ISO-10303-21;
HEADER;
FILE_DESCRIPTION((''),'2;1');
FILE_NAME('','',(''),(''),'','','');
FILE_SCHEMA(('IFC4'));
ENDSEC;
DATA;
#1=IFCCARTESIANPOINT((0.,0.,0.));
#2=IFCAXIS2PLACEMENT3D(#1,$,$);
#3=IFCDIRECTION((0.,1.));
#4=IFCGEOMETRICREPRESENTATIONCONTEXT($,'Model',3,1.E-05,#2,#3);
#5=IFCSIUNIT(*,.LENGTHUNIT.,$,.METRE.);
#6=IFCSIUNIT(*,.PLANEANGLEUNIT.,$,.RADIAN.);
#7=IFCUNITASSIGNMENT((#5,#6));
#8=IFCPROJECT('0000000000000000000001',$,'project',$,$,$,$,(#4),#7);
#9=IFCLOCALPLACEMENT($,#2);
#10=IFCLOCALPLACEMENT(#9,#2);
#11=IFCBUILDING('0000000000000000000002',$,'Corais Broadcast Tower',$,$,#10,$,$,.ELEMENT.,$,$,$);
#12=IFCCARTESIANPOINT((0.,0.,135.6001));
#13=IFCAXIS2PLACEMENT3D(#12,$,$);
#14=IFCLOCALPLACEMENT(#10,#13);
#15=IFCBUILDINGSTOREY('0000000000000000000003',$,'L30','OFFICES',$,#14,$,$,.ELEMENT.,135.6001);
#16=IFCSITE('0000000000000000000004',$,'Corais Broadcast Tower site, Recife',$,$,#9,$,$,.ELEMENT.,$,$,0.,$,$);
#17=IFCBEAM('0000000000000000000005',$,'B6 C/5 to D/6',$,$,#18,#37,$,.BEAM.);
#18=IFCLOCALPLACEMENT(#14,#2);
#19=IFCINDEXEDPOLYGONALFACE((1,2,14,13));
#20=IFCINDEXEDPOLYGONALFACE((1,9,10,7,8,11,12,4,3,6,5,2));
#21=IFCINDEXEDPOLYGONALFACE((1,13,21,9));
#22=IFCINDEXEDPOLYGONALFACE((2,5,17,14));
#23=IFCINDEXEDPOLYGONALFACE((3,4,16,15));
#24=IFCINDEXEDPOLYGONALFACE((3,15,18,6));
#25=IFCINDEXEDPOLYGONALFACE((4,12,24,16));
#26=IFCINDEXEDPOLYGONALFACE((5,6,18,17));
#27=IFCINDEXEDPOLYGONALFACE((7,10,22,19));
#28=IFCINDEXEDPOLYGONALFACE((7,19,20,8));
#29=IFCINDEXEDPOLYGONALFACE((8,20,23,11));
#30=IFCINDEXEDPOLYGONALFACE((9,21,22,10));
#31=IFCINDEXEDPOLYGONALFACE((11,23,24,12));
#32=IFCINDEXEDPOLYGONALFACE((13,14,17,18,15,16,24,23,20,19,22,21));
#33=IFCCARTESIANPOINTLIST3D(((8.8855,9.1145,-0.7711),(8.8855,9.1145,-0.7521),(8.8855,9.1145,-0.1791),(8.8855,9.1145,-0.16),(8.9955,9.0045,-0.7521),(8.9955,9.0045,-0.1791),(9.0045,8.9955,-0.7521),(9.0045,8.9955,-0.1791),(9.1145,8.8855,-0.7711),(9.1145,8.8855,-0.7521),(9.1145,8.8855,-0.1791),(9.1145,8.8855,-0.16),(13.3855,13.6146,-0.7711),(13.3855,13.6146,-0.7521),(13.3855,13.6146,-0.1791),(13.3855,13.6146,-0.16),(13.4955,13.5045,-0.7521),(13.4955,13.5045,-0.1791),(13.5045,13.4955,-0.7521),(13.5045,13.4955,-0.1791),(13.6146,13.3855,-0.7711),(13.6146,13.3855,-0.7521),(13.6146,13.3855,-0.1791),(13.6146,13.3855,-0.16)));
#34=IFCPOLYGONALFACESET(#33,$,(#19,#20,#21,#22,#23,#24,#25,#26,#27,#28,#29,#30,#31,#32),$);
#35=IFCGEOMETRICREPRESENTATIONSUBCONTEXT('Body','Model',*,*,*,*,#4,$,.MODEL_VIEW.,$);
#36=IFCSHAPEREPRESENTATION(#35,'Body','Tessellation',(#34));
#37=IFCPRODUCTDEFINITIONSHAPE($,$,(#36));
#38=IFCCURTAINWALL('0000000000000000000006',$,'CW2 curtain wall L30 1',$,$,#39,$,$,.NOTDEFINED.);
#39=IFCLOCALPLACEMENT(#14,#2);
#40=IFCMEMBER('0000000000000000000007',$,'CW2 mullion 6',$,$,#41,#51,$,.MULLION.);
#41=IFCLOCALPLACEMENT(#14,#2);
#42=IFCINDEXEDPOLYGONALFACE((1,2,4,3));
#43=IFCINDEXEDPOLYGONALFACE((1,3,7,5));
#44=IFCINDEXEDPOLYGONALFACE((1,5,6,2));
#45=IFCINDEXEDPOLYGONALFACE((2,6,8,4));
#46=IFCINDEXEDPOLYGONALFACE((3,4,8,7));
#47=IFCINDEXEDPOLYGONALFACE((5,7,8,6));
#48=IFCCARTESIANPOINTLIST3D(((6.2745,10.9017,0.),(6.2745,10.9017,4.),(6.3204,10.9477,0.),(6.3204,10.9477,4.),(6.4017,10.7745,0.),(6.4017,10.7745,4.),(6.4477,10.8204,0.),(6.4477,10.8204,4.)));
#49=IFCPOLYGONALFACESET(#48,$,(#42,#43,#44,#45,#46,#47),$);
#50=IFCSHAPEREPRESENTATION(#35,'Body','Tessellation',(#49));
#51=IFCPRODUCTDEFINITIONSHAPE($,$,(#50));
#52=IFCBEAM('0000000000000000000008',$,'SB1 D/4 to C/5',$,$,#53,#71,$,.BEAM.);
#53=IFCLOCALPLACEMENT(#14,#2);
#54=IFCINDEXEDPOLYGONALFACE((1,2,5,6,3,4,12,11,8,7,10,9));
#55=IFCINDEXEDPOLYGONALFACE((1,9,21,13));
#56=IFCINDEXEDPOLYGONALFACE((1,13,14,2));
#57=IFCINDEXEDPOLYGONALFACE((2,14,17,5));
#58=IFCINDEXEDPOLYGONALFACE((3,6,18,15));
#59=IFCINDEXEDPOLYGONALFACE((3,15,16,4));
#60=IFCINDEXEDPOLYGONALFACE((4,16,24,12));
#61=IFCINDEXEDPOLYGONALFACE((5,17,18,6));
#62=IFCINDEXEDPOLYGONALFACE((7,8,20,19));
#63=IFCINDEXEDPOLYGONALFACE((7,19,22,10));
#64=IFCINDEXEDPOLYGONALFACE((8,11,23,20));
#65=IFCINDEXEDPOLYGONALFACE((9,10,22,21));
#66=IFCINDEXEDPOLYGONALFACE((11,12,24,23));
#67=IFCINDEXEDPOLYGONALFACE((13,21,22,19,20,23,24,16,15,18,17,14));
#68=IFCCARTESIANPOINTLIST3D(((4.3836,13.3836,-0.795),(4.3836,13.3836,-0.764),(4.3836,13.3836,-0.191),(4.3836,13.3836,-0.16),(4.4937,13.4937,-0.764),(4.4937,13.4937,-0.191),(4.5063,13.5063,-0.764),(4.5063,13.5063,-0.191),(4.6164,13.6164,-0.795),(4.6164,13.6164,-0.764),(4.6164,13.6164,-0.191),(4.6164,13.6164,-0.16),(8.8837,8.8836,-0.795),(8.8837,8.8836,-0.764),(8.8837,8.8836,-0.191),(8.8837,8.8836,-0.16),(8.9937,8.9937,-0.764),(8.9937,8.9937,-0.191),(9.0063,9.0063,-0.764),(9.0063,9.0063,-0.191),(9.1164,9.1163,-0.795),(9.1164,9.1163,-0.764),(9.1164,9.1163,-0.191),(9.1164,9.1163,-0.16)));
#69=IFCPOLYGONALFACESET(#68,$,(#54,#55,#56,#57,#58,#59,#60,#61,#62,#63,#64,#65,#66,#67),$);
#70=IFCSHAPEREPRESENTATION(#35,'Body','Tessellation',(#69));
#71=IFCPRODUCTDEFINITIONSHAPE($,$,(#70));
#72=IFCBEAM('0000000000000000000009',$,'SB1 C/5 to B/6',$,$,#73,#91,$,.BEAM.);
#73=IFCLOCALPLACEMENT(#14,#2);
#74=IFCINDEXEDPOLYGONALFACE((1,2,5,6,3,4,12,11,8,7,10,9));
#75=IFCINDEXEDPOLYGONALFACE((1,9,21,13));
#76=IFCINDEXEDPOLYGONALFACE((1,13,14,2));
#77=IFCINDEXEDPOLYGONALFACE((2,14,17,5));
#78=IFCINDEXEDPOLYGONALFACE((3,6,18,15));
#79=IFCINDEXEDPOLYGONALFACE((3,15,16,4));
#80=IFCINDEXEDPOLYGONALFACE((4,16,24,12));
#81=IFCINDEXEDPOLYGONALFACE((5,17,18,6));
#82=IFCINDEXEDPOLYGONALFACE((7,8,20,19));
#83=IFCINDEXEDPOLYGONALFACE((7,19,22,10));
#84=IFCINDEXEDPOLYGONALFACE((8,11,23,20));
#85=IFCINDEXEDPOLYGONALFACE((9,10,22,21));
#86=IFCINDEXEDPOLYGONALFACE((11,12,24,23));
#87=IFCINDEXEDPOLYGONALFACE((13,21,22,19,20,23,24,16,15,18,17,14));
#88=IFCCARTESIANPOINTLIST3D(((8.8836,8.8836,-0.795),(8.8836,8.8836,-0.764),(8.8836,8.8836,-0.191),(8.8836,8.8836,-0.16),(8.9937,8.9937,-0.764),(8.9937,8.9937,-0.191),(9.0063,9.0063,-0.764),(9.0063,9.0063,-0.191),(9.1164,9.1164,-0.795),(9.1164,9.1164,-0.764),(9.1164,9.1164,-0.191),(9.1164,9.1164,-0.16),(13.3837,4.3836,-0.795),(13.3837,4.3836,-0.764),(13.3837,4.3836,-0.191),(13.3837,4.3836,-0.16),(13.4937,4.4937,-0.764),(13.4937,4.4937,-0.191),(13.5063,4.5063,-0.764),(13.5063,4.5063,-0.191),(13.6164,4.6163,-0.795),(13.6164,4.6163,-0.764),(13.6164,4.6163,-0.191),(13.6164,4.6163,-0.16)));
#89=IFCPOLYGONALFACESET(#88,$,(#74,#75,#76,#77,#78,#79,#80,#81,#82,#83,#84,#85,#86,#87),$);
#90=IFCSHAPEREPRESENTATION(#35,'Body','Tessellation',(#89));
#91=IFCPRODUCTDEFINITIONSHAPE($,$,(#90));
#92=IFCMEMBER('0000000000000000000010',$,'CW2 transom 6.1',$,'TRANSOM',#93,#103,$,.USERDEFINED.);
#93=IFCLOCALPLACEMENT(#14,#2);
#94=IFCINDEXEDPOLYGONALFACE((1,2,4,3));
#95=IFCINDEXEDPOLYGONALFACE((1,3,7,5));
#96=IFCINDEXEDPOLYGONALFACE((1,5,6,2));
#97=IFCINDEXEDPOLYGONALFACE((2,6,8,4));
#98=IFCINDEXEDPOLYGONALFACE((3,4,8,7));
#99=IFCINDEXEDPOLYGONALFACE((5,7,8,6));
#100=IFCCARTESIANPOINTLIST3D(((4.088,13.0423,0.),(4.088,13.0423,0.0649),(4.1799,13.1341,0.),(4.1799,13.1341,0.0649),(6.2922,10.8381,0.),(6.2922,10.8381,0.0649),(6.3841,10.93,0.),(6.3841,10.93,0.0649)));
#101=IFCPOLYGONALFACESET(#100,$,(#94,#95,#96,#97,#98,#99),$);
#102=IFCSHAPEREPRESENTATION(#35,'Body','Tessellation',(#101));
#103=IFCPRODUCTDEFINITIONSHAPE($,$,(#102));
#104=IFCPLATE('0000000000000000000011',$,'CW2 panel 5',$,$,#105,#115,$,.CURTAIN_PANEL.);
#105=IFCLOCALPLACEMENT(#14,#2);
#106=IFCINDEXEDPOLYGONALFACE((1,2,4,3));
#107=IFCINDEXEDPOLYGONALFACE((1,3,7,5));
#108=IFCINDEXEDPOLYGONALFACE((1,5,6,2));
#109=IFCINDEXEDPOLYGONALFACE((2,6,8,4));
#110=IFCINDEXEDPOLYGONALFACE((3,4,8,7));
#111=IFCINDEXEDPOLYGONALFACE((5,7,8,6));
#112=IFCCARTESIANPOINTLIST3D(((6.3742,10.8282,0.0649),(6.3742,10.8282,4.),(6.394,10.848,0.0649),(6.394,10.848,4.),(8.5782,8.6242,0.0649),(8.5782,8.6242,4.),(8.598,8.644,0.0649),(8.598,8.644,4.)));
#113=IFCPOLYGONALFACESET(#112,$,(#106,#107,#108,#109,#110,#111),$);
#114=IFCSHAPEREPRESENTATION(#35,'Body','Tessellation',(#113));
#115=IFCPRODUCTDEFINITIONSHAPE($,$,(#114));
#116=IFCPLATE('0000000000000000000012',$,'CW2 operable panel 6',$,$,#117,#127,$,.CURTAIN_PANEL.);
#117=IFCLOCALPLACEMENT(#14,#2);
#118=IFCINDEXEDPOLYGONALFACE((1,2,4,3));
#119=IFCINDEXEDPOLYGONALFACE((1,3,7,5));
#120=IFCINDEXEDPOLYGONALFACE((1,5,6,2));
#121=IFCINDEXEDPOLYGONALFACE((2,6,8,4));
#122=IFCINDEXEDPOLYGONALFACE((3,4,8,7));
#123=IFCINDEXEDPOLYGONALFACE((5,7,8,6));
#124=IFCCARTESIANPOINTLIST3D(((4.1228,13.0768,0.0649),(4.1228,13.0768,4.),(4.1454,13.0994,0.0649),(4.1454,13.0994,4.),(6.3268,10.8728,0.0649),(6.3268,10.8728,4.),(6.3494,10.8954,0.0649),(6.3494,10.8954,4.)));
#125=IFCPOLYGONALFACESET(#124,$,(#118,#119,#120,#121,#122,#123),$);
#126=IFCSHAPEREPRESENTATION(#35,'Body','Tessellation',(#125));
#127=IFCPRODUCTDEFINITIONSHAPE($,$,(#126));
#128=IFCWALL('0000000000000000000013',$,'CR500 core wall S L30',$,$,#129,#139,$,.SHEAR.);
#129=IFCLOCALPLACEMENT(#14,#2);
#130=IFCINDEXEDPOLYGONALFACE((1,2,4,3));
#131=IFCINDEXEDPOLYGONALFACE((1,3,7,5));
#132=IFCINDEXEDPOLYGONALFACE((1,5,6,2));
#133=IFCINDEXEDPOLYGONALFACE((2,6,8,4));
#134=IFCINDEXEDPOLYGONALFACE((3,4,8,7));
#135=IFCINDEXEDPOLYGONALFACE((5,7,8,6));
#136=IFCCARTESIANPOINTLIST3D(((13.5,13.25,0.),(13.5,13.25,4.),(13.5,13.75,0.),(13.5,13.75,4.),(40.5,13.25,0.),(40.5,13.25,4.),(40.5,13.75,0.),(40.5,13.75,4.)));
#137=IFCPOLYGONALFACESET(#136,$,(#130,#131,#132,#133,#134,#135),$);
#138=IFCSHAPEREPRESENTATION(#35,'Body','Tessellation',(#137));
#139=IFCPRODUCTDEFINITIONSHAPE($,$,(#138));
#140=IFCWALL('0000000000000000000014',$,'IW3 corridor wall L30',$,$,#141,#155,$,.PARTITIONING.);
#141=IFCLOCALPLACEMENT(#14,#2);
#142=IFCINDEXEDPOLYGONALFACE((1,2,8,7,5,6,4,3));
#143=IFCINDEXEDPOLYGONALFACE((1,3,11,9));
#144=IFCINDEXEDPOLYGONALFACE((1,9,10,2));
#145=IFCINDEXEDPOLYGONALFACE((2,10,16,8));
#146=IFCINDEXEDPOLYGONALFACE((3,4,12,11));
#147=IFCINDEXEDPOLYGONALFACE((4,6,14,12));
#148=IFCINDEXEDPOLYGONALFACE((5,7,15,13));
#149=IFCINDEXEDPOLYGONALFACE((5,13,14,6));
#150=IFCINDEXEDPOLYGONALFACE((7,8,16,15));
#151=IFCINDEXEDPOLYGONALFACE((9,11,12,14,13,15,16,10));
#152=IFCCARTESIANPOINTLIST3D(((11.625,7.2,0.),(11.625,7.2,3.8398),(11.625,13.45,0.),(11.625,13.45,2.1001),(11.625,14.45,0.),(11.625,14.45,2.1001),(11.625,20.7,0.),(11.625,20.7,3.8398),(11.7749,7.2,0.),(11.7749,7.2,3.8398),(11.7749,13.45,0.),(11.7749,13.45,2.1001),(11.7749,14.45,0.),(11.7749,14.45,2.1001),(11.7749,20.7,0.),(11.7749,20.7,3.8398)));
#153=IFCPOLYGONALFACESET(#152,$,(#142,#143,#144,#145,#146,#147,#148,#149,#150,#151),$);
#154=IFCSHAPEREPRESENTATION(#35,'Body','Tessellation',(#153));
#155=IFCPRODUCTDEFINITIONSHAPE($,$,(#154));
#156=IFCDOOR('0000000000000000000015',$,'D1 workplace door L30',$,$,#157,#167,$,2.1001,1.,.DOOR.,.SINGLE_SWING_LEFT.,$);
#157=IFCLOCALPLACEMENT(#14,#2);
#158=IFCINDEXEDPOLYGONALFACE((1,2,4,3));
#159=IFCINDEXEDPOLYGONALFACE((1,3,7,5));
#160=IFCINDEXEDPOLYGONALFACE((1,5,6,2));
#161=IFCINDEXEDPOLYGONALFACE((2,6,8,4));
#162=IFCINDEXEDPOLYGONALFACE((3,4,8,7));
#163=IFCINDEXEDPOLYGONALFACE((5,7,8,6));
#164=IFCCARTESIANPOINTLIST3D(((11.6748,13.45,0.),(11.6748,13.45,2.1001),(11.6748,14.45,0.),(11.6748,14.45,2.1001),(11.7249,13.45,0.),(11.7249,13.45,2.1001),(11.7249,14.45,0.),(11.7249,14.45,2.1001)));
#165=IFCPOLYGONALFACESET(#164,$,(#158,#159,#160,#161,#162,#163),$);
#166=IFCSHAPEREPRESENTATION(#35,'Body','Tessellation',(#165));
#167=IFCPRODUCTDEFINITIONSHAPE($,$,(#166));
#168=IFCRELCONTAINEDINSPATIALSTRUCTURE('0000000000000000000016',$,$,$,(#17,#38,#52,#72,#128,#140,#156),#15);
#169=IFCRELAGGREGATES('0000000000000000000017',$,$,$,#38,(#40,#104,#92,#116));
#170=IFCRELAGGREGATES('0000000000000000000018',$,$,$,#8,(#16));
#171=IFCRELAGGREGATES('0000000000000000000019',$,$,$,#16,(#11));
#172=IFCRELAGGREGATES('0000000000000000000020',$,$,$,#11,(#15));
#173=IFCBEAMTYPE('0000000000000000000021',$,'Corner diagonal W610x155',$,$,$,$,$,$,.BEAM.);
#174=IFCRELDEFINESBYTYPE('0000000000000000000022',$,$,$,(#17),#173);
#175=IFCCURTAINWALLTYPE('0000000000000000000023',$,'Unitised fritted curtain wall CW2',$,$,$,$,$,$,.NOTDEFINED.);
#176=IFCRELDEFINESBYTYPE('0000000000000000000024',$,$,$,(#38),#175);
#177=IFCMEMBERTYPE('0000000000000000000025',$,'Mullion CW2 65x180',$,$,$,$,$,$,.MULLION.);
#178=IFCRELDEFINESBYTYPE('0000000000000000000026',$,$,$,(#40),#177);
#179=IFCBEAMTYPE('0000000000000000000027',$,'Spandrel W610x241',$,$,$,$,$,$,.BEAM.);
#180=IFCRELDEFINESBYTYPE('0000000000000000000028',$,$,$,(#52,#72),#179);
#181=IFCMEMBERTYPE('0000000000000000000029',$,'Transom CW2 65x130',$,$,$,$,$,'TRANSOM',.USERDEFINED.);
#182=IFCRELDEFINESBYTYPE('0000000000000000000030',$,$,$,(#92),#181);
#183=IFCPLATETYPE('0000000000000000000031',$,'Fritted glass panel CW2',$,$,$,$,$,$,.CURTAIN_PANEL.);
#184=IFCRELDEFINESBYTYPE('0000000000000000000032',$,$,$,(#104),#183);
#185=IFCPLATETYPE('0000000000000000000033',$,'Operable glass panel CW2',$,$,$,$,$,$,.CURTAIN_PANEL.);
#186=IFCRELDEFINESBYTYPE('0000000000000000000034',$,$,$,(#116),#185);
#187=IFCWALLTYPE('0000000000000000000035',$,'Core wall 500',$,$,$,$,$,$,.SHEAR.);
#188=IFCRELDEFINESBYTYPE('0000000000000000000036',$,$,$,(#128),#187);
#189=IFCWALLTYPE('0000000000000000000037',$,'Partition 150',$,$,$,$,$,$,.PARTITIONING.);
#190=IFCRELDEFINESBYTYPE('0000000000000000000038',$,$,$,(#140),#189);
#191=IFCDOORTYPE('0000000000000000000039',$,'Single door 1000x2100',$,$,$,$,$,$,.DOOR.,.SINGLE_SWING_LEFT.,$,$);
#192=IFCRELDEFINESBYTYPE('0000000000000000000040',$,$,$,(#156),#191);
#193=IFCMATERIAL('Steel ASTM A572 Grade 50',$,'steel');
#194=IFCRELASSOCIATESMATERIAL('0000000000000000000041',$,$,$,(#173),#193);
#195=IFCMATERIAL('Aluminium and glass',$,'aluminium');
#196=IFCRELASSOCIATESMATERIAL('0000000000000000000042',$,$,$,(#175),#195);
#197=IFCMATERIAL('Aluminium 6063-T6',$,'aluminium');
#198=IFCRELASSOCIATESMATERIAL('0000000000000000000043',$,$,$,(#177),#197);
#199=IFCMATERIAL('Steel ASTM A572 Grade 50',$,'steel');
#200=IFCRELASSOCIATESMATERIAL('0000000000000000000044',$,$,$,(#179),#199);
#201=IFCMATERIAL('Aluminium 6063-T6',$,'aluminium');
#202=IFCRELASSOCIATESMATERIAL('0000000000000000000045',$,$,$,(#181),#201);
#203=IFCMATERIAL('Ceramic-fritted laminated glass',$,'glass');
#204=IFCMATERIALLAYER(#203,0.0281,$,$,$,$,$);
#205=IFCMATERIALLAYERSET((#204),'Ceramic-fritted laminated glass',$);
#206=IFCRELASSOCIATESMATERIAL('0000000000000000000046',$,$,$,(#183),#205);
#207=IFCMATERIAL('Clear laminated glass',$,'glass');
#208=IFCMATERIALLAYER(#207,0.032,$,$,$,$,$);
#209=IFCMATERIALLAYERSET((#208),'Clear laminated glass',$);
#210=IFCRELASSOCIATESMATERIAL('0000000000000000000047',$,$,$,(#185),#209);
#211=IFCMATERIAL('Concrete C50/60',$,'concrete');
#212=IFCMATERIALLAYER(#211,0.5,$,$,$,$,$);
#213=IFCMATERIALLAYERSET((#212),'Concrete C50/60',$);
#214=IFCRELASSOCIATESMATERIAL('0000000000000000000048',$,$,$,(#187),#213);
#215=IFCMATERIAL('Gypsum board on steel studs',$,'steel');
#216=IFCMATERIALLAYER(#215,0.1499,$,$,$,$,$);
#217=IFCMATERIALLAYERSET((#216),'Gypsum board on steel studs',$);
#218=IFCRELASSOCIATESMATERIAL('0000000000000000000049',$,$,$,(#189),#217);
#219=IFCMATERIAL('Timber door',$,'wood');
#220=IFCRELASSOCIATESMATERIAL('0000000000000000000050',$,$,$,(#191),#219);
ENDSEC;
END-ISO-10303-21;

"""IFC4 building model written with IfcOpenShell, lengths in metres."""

from ifc_helpers import new_model, si_unit, direction, frame, frame_2d, origin, origin_2d, place, context, subcontext, project, spatial, rectangle, i_section, extrude, material, layer, layer_set, material_profile, profile_set, type_object, element, fill, aggregate, save


model = new_model("IFC4")

# Units and contexts
model_context = context("Model", 3, precision=1e-05, world=origin(), true_north=direction((0.0, 1.0)))
body_context = subcontext(model_context, "Body", "Model", "MODEL_VIEW")
ifc_project = project(units=[si_unit("LENGTHUNIT", "METRE"), si_unit("PLANEANGLEUNIT", "RADIAN")], contexts=[model_context])

# Site, building, storey
site_placement = place(None, origin())
site = spatial("IfcSite", under=ifc_project, at=site_placement, Name="Corais Broadcast Tower site, Recife", CompositionType="ELEMENT", RefElevation=0.0)
building_placement = place(site_placement, origin())
building = spatial("IfcBuilding", under=site, at=building_placement, Name="Corais Broadcast Tower", CompositionType="ELEMENT")
storey_placement = place(building_placement, frame((0.0, 0.0, 135.6001)))
storey = spatial("IfcBuildingStorey", under=building, at=storey_placement, Name="L30", Description="OFFICES", CompositionType="ELEMENT", Elevation=135.6001)

# Beam
ifc_material_1 = material(Name="Steel ASTM A572 Grade 50", Category="steel")
ifc_material_profile_1 = material_profile(ifc_material_1, i_section(OverallWidth=0.324, OverallDepth=0.6111, WebThickness=0.0127, FlangeThickness=0.019, at=origin_2d()), Name="W610x155")
ifc_profile_set_1 = profile_set([ifc_material_profile_1], Name="Steel ASTM A572 Grade 50")
beam_type_1 = type_object("IfcBeamType", Name="Corner diagonal W610x155", PredefinedType="BEAM", material=ifc_profile_set_1)
beam_placement = place(storey_placement, frame((9.0, 9.0, -0.4656), z_axis=(0.707107, 0.707107, 0.0), x_axis=(-0.707107, 0.707107, 0.0)))
element("IfcBeam", 1, at=beam_placement, inside=storey, type_object=beam_type_1, Name="B6 C/5 to D/6", PredefinedType="BEAM", context=body_context, shape_type="SweptSolid", body=[
    extrude(i_section(OverallWidth=0.324, OverallDepth=0.6111, WebThickness=0.0127, FlangeThickness=0.019, at=origin_2d()), origin(), (0.0, 0.0, 1.0), 6.364),
])

# Curtain wall, member
ifc_material_2 = material(Name="Aluminium and glass", Category="aluminium")
curtain_wall_type = type_object("IfcCurtainWallType", Name="Unitised fritted curtain wall CW2", PredefinedType="NOTDEFINED", material=ifc_material_2)
curtain_wall_placement = place(storey_placement, origin())
curtain_wall = element("IfcCurtainWall", 2, at=curtain_wall_placement, inside=storey, type_object=curtain_wall_type, Name="CW2 curtain wall L30 1", PredefinedType="NOTDEFINED")
ifc_material_3 = material(Name="Aluminium 6063-T6", Category="aluminium")
ifc_material_profile_2 = material_profile(ifc_material_3, rectangle(XDim=0.0649, YDim=0.1799, at=origin_2d()), Name="Mullion CW2 65x180")
ifc_profile_set_2 = profile_set([ifc_material_profile_2], Name="Aluminium 6063-T6")
member_type_1 = type_object("IfcMemberType", Name="Mullion CW2 65x180", PredefinedType="MULLION", material=ifc_profile_set_2)
member_1_placement = place(storey_placement, frame((6.3611, 10.8611, 0.0), z_axis=(0.0, 0.0, 1.0), x_axis=(-0.707107, -0.707107, 0.0)))
member_1 = element("IfcMember", 3, at=member_1_placement, type_object=member_type_1, Name="CW2 mullion 6", PredefinedType="MULLION", context=body_context, shape_type="SweptSolid", body=[
    extrude(rectangle(XDim=0.0649, YDim=0.1799, at=origin_2d()), origin(), (0.0, 0.0, 1.0), 4.0),
])

# Beams
ifc_material_4 = material(Name="Steel ASTM A572 Grade 50", Category="steel")
ifc_material_profile_3 = material_profile(ifc_material_4, i_section(OverallWidth=0.3291, OverallDepth=0.635, WebThickness=0.0178, FlangeThickness=0.031, at=origin_2d()), Name="W610x241")
ifc_profile_set_3 = profile_set([ifc_material_profile_3], Name="Steel ASTM A572 Grade 50")
beam_type_2 = type_object("IfcBeamType", Name="Spandrel W610x241", PredefinedType="BEAM", material=ifc_profile_set_3)
for number, where, z_axis, x_axis, name in (
    (4, (4.5, 13.5, -0.4775), (0.707107, -0.707107, 0.0), (0.707107, 0.707107, 0.0), "SB1 D/4 to C/5"),
    (5, (9.0, 9.0, -0.4775), (0.707107, -0.707107, 0.0), (0.707107, 0.707107, 0.0), "SB1 C/5 to B/6"),
):
    element("IfcBeam", number, at=place(storey_placement, frame(where, z_axis=z_axis, x_axis=x_axis)), inside=storey, type_object=beam_type_2, Name=name, PredefinedType="BEAM", context=body_context, shape_type="SweptSolid", body=[
        extrude(i_section(OverallWidth=0.3291, OverallDepth=0.635, WebThickness=0.0178, FlangeThickness=0.031, at=origin_2d()), origin(), (0.0, 0.0, 1.0), 6.364),
    ])

# Member
ifc_material_5 = material(Name="Aluminium 6063-T6", Category="aluminium")
ifc_material_profile_4 = material_profile(ifc_material_5, rectangle(XDim=0.1299, YDim=0.0649, at=origin_2d()), Name="Transom CW2 65x130")
ifc_profile_set_4 = profile_set([ifc_material_profile_4], Name="Aluminium 6063-T6")
member_type_2 = type_object("IfcMemberType", Name="Transom CW2 65x130", ElementType="TRANSOM", PredefinedType="USERDEFINED", material=ifc_profile_set_4)
member_2_placement = place(storey_placement, frame((6.3381, 10.884, 0.0325), z_axis=(-0.707107, 0.707107, 0.0), x_axis=(-0.707107, -0.707107, 0.0)))
member_2 = element("IfcMember", 6, at=member_2_placement, type_object=member_type_2, Name="CW2 transom 6.1", ObjectType="TRANSOM", PredefinedType="USERDEFINED", context=body_context, shape_type="SweptSolid", body=[
    extrude(rectangle(XDim=0.1299, YDim=0.0649, at=origin_2d()), origin(), (0.0, 0.0, 1.0), 3.1172),
])

# Plates
ifc_material_6 = material(Name="Ceramic-fritted laminated glass", Category="glass")
ifc_layer_1 = layer(ifc_material_6, 0.0281)
ifc_layer_set_1 = layer_set([ifc_layer_1], Name="Ceramic-fritted laminated glass")
plate_type_1 = type_object("IfcPlateType", Name="Fritted glass panel CW2", PredefinedType="CURTAIN_PANEL", material=ifc_layer_set_1)
plate_1_placement = place(storey_placement, frame((7.4861, 9.7361, 0.0649), z_axis=(0.0, 0.0, 1.0), x_axis=(-0.707107, 0.707107, 0.0)))
plate_1 = element("IfcPlate", 7, at=plate_1_placement, type_object=plate_type_1, Name="CW2 panel 5", PredefinedType="CURTAIN_PANEL", context=body_context, shape_type="SweptSolid", body=[
    extrude(rectangle(XDim=3.1169, YDim=0.0281, at=origin_2d()), origin(), (0.0, 0.0, 1.0), 3.9351),
])
ifc_material_7 = material(Name="Clear laminated glass", Category="glass")
ifc_layer_2 = layer(ifc_material_7, 0.032)
ifc_layer_set_2 = layer_set([ifc_layer_2], Name="Clear laminated glass")
plate_type_2 = type_object("IfcPlateType", Name="Operable glass panel CW2", PredefinedType="CURTAIN_PANEL", material=ifc_layer_set_2)
plate_2_placement = place(storey_placement, frame((5.2361, 11.9861, 0.0649), z_axis=(0.0, 0.0, 1.0), x_axis=(-0.707107, 0.707107, 0.0)))
plate_2 = element("IfcPlate", 8, at=plate_2_placement, type_object=plate_type_2, Name="CW2 operable panel 6", PredefinedType="CURTAIN_PANEL", context=body_context, shape_type="SweptSolid", body=[
    extrude(rectangle(XDim=3.1169, YDim=0.032, at=origin_2d()), origin(), (0.0, 0.0, 1.0), 3.9351),
])
aggregate(curtain_wall, [member_1, plate_1, member_2, plate_2])

# Wall
ifc_material_8 = material(Name="Concrete C50/60", Category="concrete")
ifc_layer_3 = layer(ifc_material_8, 0.5)
ifc_layer_set_3 = layer_set([ifc_layer_3], Name="Concrete C50/60")
wall_type_1 = type_object("IfcWallType", Name="Core wall 500", PredefinedType="SHEAR", material=ifc_layer_set_3)
wall_1_placement = place(storey_placement, frame((13.5, 13.5, 0.0), z_axis=(0.0, 0.0, 1.0), x_axis=(1.0, 0.0, 0.0)))
element("IfcWall", 9, at=wall_1_placement, inside=storey, type_object=wall_type_1, Name="CR500 core wall S L30", PredefinedType="SHEAR", context=body_context, shape_type="SweptSolid", body=[
    extrude(rectangle(XDim=27.0, YDim=0.5, at=frame_2d((13.5, 0.0))), origin(), (0.0, 0.0, 1.0), 4.0),
])

# Wall, opening, door
ifc_material_9 = material(Name="Gypsum board on steel studs", Category="steel")
ifc_layer_4 = layer(ifc_material_9, 0.1499)
ifc_layer_set_4 = layer_set([ifc_layer_4], Name="Gypsum board on steel studs")
wall_type_2 = type_object("IfcWallType", Name="Partition 150", PredefinedType="PARTITIONING", material=ifc_layer_set_4)
wall_2_placement = place(storey_placement, frame((11.7, 20.7, 0.0), z_axis=(0.0, 0.0, 1.0), x_axis=(0.0, -1.0, 0.0)))
wall_2 = element("IfcWall", 10, at=wall_2_placement, inside=storey, type_object=wall_type_2, Name="IW3 corridor wall L30", PredefinedType="PARTITIONING", context=body_context, shape_type="SweptSolid", body=[
    extrude(rectangle(XDim=13.5, YDim=0.1499, at=frame_2d((6.75, 0.0))), origin(), (0.0, 0.0, 1.0), 3.8398),
])
opening_1_placement = place(wall_2_placement, frame((6.25, 0.0, 0.0)))
opening_1 = element("IfcOpeningElement", 11, at=opening_1_placement, cuts=wall_2, PredefinedType="OPENING", context=body_context, shape_type="SweptSolid", body=[
    extrude(rectangle(XDim=1.0, YDim=2.1001, at=frame_2d((0.5, 1.05))), frame((0.0, 0.085, 0.0), z_axis=(0.0, -1.0, 0.0), x_axis=(1.0, 0.0, 0.0)), (0.0, 0.0, 1.0), 0.1699),
])
ifc_material_10 = material(Name="Timber door", Category="wood")
door_type = type_object("IfcDoorType", Name="Single door 1000x2100", OperationType="SINGLE_SWING_LEFT", PredefinedType="DOOR", material=ifc_material_10)
door_1_placement = place(opening_1_placement, origin())
door_1 = element("IfcDoor", 12, at=door_1_placement, inside=storey, type_object=door_type, Name="D1 workplace door L30", OperationType="SINGLE_SWING_LEFT", OverallHeight=2.1001, OverallWidth=1.0, PredefinedType="DOOR", context=body_context, shape_type="SweptSolid", body=[
    extrude(rectangle(XDim=1.0, YDim=2.1001, at=frame_2d((0.5, 1.05))), frame((0.0, 0.0249, 0.0), z_axis=(0.0, -1.0, 0.0), x_axis=(1.0, 0.0, 0.0)), (0.0, 0.0, 1.0), 0.05),
])
fill(opening_1, door_1)

save(model, "model.ifc")
